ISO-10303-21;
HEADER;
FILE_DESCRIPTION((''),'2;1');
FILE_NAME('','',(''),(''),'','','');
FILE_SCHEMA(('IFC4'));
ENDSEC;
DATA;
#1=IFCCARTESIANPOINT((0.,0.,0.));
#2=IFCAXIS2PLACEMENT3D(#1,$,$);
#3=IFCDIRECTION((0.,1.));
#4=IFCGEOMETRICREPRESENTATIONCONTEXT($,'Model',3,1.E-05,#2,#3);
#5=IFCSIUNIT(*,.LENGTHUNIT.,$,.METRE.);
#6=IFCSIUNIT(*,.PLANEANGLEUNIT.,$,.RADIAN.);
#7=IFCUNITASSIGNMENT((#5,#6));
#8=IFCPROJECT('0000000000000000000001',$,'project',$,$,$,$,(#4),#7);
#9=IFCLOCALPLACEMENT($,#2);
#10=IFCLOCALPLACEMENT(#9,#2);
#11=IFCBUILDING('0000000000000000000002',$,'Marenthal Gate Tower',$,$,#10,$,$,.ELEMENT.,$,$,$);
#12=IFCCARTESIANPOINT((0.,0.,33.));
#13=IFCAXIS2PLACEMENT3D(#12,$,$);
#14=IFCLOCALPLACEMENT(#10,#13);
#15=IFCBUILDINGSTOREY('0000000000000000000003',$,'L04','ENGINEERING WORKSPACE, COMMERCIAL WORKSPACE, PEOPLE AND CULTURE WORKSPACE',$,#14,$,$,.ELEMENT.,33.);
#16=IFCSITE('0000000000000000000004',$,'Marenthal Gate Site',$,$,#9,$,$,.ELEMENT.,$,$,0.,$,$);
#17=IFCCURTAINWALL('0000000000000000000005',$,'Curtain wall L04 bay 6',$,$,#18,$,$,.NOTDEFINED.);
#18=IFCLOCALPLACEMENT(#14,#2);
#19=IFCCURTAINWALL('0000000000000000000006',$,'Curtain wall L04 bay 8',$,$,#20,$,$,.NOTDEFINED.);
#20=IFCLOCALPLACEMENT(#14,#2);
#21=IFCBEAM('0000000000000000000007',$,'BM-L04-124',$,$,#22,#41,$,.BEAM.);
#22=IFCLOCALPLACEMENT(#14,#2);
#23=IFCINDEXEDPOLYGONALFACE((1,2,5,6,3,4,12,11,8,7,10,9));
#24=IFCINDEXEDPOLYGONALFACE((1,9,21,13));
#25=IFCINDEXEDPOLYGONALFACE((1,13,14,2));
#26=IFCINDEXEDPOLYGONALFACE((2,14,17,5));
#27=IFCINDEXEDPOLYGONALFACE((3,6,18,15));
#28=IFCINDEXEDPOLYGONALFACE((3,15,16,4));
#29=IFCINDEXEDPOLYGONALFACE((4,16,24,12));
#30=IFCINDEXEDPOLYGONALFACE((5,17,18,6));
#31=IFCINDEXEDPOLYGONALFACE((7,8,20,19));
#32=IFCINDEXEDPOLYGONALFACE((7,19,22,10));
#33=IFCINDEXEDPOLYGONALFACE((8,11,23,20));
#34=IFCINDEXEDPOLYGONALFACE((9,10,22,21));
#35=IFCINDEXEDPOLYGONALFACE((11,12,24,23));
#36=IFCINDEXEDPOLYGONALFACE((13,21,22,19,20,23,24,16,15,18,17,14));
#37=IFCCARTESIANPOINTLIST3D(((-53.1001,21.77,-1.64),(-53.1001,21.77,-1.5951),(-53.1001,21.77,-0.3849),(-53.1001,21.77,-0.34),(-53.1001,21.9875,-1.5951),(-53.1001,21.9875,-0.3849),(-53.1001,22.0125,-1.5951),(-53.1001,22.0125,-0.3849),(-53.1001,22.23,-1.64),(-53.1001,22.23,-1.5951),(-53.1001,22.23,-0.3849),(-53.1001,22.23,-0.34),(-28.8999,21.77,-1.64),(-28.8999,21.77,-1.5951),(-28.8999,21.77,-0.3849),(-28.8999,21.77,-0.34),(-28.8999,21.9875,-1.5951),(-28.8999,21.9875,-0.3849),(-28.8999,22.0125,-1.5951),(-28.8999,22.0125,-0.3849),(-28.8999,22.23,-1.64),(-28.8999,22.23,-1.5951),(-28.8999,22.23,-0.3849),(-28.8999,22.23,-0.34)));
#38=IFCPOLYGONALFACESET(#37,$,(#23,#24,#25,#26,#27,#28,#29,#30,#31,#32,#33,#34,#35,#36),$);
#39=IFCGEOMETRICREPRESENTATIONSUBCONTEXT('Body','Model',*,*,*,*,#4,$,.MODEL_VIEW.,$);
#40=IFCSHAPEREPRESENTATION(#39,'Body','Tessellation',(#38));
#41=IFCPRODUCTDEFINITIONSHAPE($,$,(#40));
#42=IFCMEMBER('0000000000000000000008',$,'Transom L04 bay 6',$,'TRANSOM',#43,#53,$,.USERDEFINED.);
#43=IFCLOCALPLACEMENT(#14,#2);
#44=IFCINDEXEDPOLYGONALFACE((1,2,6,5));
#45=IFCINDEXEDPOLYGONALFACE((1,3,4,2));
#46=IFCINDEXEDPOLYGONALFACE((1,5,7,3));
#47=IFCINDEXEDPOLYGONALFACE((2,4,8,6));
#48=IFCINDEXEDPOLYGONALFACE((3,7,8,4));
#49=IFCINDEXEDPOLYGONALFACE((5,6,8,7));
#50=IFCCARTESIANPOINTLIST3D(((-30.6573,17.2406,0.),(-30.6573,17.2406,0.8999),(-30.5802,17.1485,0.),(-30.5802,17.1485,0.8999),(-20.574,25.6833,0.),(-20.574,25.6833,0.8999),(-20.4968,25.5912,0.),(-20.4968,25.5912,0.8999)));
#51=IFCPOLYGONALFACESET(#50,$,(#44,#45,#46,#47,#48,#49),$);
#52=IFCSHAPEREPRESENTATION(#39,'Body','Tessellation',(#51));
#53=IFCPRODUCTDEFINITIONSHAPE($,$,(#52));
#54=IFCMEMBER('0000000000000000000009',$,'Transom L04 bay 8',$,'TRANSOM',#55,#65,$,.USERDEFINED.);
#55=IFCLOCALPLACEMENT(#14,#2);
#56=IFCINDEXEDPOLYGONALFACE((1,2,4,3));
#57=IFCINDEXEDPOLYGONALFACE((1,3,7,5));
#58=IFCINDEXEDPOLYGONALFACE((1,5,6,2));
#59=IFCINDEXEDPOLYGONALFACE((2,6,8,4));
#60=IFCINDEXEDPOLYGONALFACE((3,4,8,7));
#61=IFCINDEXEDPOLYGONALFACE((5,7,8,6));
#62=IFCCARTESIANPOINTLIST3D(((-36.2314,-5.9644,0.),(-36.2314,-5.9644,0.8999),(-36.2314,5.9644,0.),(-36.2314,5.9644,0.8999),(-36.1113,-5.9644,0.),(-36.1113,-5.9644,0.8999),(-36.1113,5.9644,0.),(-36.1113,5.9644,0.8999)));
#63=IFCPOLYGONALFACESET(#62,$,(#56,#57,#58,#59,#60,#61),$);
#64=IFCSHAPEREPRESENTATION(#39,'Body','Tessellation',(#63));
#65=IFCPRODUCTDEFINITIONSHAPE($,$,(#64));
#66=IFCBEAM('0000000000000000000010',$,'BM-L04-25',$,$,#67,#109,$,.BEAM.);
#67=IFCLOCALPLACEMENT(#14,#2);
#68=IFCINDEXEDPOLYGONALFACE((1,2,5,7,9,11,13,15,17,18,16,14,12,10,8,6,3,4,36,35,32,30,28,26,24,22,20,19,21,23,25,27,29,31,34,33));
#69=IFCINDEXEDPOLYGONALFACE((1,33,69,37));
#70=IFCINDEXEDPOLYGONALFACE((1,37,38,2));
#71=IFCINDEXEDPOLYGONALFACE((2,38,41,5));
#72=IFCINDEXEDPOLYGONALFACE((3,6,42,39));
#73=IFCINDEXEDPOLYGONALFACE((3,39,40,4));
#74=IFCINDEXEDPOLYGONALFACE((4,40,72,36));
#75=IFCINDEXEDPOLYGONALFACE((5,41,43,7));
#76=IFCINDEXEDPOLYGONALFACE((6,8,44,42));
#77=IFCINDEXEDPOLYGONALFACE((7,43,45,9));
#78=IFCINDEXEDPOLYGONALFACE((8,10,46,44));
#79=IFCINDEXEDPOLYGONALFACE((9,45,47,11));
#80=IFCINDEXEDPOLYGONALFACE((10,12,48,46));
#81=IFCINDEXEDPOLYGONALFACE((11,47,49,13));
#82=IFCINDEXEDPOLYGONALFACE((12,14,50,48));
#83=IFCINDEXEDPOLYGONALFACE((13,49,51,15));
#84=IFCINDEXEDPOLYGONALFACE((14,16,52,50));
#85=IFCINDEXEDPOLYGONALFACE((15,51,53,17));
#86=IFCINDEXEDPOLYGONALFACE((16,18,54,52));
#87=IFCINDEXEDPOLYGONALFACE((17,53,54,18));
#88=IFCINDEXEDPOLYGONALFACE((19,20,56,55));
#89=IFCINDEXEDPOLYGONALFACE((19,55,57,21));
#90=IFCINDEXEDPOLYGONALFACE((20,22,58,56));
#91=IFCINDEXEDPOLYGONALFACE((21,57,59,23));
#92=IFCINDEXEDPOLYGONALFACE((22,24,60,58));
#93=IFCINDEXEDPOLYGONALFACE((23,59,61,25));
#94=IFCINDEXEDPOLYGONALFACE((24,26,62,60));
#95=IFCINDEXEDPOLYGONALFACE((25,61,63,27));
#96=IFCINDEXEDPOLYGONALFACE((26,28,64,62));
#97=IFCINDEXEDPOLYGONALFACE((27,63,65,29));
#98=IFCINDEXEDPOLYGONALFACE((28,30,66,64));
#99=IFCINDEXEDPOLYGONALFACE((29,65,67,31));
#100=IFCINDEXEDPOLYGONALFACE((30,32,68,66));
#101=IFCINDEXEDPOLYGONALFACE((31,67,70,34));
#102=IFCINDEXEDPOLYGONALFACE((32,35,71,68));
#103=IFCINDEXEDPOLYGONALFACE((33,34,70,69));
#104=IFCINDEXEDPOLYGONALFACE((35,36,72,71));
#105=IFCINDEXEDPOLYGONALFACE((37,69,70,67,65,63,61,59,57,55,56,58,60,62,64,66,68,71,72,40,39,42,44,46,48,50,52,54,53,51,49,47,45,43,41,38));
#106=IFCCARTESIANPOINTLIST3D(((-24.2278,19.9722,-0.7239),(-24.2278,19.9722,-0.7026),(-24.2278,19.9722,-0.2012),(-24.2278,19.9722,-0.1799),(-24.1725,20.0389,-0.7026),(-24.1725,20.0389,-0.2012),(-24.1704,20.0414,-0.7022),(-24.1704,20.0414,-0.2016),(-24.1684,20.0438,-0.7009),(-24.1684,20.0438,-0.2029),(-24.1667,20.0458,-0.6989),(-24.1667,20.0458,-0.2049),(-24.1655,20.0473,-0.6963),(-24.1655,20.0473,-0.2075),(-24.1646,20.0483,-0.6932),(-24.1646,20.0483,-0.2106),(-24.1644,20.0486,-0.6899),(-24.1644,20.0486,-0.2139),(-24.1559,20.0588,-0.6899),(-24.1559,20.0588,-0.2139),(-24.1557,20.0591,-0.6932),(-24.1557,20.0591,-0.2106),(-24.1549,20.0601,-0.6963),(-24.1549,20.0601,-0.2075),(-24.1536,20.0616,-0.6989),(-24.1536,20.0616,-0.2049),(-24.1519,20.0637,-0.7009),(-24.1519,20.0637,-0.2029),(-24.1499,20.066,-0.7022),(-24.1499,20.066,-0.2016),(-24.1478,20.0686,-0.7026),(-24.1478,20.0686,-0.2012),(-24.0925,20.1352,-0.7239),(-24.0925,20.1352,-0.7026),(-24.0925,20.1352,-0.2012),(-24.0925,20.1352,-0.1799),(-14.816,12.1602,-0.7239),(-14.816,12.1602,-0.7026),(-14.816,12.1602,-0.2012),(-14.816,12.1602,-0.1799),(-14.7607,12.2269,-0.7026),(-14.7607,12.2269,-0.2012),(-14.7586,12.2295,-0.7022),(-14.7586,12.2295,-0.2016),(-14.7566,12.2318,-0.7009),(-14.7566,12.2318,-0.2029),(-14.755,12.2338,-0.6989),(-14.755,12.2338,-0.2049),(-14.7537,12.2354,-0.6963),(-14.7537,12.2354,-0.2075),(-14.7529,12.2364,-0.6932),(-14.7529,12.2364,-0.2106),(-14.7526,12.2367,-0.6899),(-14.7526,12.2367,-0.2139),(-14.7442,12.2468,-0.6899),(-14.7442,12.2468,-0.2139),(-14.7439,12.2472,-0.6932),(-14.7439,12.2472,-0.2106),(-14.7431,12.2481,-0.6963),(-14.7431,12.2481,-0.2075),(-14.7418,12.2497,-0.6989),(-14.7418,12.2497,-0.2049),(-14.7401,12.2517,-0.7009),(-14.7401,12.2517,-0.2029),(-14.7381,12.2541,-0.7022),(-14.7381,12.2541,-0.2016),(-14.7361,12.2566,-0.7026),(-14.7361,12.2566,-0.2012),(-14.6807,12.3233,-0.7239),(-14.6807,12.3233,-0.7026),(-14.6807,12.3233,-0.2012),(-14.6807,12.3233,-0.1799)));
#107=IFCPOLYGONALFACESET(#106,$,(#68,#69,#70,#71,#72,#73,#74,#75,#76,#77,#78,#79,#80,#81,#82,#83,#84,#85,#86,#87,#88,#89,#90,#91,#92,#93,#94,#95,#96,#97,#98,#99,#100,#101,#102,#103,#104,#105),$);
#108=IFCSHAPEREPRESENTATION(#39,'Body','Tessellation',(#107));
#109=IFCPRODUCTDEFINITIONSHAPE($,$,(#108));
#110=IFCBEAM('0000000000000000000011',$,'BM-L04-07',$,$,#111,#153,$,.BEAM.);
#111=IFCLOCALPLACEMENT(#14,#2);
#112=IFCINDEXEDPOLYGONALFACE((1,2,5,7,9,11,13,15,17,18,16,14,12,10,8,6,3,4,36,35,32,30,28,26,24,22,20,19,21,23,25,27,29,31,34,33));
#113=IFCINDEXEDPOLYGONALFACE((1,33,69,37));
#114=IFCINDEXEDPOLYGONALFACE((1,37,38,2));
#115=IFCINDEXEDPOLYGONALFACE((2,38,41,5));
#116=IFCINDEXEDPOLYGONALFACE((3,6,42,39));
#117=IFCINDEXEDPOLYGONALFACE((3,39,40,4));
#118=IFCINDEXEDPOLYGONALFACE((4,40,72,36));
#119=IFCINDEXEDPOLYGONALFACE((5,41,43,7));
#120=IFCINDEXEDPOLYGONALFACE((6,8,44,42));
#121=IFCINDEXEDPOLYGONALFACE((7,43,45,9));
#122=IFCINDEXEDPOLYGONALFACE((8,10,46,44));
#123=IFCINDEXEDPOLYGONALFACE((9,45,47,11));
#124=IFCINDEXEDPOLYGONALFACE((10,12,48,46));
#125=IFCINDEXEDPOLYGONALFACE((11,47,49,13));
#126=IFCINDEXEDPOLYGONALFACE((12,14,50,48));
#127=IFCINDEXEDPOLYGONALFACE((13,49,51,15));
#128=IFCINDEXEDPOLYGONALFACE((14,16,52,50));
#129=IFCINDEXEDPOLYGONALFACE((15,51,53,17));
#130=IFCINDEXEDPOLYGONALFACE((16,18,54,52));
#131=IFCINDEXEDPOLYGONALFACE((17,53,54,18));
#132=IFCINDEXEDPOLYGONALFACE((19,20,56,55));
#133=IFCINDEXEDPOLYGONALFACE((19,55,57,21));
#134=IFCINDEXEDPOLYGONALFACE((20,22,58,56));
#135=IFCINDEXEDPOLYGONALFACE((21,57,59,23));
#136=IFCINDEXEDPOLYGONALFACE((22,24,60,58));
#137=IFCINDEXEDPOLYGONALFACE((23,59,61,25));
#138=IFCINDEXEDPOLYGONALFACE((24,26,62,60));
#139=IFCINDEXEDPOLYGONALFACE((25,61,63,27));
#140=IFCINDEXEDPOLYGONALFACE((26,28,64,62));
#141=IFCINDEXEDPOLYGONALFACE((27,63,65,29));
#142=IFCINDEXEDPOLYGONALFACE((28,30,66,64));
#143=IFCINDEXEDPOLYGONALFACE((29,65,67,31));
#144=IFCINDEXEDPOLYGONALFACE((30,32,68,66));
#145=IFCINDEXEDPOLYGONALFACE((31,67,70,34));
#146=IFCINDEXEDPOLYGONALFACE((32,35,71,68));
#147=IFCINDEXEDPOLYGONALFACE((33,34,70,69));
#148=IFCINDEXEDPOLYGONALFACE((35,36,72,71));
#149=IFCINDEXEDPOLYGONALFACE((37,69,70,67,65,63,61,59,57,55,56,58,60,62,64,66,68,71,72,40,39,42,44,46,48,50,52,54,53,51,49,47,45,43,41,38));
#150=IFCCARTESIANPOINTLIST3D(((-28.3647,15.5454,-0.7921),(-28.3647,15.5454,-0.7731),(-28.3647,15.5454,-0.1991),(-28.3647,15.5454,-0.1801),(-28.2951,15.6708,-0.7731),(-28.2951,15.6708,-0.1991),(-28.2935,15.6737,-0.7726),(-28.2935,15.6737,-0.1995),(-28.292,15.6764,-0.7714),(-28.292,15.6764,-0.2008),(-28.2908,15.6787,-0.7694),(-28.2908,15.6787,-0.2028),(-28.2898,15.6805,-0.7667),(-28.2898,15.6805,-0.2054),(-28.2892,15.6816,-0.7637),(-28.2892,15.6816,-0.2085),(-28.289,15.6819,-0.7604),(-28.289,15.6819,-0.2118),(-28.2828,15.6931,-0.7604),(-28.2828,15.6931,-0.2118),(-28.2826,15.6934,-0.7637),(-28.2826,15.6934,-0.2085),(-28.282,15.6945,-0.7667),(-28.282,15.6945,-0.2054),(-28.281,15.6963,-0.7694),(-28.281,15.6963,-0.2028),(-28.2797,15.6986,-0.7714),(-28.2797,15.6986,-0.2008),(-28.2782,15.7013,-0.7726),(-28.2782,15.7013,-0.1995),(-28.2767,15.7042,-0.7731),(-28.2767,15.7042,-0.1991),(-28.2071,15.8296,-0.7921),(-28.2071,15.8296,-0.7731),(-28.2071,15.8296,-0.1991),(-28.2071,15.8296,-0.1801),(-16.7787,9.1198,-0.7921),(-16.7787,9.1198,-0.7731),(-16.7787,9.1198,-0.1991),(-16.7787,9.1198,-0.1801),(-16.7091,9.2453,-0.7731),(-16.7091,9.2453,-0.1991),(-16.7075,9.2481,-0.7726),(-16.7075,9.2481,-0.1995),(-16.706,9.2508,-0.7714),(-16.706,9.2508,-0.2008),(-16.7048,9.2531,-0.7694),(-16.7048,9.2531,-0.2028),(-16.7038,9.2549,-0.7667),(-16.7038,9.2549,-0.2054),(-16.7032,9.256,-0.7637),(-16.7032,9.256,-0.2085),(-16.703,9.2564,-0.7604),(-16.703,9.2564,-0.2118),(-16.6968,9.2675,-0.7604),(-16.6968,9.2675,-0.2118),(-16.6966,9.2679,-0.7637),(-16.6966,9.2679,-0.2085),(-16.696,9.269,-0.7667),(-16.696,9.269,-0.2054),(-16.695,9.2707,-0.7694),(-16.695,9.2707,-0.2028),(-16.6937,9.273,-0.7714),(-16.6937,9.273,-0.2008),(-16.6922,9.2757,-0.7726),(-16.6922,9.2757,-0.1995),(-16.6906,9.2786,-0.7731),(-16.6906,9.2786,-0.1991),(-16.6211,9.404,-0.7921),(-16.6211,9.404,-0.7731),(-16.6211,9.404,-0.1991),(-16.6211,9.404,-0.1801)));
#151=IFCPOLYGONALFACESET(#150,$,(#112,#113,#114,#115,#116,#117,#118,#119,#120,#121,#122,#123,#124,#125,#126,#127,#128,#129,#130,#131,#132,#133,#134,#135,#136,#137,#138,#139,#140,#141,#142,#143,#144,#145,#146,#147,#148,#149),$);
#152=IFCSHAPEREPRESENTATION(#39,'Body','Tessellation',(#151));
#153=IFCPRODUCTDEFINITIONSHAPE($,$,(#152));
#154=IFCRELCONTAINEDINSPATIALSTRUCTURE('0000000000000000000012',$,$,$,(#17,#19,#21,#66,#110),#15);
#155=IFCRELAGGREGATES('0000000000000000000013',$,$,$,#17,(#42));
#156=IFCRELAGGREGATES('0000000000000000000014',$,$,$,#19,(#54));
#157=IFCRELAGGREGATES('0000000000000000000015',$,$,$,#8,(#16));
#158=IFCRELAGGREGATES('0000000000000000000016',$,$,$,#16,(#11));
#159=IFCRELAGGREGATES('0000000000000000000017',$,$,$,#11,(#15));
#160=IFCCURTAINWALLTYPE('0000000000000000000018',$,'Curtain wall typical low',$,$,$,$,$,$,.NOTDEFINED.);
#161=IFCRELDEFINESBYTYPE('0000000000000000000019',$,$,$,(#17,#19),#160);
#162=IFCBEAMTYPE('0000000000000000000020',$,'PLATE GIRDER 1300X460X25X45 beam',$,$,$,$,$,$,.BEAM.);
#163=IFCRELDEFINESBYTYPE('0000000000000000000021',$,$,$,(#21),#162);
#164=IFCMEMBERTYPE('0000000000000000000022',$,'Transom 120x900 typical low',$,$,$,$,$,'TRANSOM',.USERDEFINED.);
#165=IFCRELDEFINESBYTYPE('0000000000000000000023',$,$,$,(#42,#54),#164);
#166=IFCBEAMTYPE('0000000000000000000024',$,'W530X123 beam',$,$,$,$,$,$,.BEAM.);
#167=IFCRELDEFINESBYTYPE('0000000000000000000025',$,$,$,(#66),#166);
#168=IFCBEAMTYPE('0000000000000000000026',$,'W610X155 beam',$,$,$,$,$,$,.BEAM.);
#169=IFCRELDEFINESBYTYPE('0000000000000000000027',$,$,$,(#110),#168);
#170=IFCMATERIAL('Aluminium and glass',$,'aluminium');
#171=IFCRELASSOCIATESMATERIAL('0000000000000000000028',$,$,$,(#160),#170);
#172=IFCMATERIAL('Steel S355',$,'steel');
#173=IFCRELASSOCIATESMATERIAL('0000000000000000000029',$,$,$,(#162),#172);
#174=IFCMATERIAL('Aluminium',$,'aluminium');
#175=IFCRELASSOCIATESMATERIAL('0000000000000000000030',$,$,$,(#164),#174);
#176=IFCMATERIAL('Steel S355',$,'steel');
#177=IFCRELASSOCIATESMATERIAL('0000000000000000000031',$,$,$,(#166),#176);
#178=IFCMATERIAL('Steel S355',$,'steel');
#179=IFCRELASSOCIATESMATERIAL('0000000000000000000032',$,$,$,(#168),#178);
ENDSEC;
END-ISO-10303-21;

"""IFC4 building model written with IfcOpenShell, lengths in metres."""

from ifc_helpers import new_model, si_unit, direction, frame, origin, origin_2d, place, context, subcontext, project, spatial, rectangle, i_section, extrude, material, material_profile, profile_set, type_object, element, aggregate, save


model = new_model("IFC4")

# Units and contexts
model_context = context("Model", 3, precision=1e-05, world=origin(), true_north=direction((0.0, 1.0)))
body_context = subcontext(model_context, "Body", "Model", "MODEL_VIEW")
ifc_project = project(units=[si_unit("LENGTHUNIT", "METRE"), si_unit("PLANEANGLEUNIT", "RADIAN")], contexts=[model_context])

# Site, building, storey
site_placement = place(None, origin())
site = spatial("IfcSite", under=ifc_project, at=site_placement, Name="Marenthal Gate Site", CompositionType="ELEMENT", RefElevation=0.0)
building_placement = place(site_placement, origin())
building = spatial("IfcBuilding", under=site, at=building_placement, Name="Marenthal Gate Tower", CompositionType="ELEMENT")
storey_placement = place(building_placement, frame((0.0, 0.0, 33.0)))
storey = spatial("IfcBuildingStorey", under=building, at=storey_placement, Name="L04", Description="ENGINEERING WORKSPACE, COMMERCIAL WORKSPACE, PEOPLE AND CULTURE WORKSPACE", CompositionType="ELEMENT", Elevation=33.0)

# Curtain walls
ifc_material_1 = material(Name="Aluminium and glass", Category="aluminium")
curtain_wall_type = type_object("IfcCurtainWallType", Name="Curtain wall typical low", PredefinedType="NOTDEFINED", material=ifc_material_1)
curtain_wall_1_placement = place(storey_placement, origin())
curtain_wall_1 = element("IfcCurtainWall", 1, at=curtain_wall_1_placement, inside=storey, type_object=curtain_wall_type, Name="Curtain wall L04 bay 6", PredefinedType="NOTDEFINED")
curtain_wall_2_placement = place(storey_placement, origin())
curtain_wall_2 = element("IfcCurtainWall", 2, at=curtain_wall_2_placement, inside=storey, type_object=curtain_wall_type, Name="Curtain wall L04 bay 8", PredefinedType="NOTDEFINED")

# Beam
ifc_material_2 = material(Name="Steel S355", Category="steel")
ifc_material_profile_1 = material_profile(ifc_material_2, i_section(OverallWidth=0.46, OverallDepth=1.3, WebThickness=0.0249, FlangeThickness=0.0449, at=origin_2d()), Name="PLATE GIRDER 1300X460X25X45")
ifc_profile_set_1 = profile_set([ifc_material_profile_1], Name="Steel S355")
beam_type_1 = type_object("IfcBeamType", Name="PLATE GIRDER 1300X460X25X45 beam", PredefinedType="BEAM", material=ifc_profile_set_1)
beam_1_placement = place(storey_placement, frame((-28.8999, 22.0, -0.99), z_axis=(-1.0, 0.0, 0.0), x_axis=(0.0, -1.0, 0.0)))
element("IfcBeam", 3, at=beam_1_placement, inside=storey, type_object=beam_type_1, Name="BM-L04-124", PredefinedType="BEAM", context=body_context, shape_type="SweptSolid", body=[
    extrude(i_section(OverallWidth=0.46, OverallDepth=1.3, WebThickness=0.0249, FlangeThickness=0.0449, at=origin_2d()), origin(), (0.0, 0.0, 1.0), 24.2002),
])

# Members
ifc_material_3 = material(Name="Aluminium", Category="aluminium")
ifc_material_profile_2 = material_profile(ifc_material_3, rectangle(XDim=0.1201, YDim=0.8999, at=origin_2d()), Name="120x900 aluminium transom")
ifc_profile_set_2 = profile_set([ifc_material_profile_2], Name="Aluminium")
member_type_1 = type_object("IfcMemberType", Name="Transom 120x900 typical low", ElementType="TRANSOM", PredefinedType="USERDEFINED", material=ifc_profile_set_2)
member_1_placement = place(storey_placement, frame((-20.5354, 25.6372, 0.45), z_axis=(-0.766726, -0.641974, 0.0), x_axis=(0.641974, -0.766726, 0.0)))
member_1 = element("IfcMember", 4, at=member_1_placement, type_object=member_type_1, Name="Transom L04 bay 6", ObjectType="TRANSOM", PredefinedType="USERDEFINED", context=body_context, shape_type="SweptSolid", body=[
    extrude(rectangle(XDim=0.1201, YDim=0.8999, at=origin_2d()), origin(), (0.0, 0.0, 1.0), 13.1511),
])
member_2_placement = place(storey_placement, frame((-36.1714, 5.9644, 0.45), z_axis=(0.0, -1.0, 0.0), x_axis=(1.0, 0.0, 0.0)))
member_2 = element("IfcMember", 5, at=member_2_placement, type_object=member_type_1, Name="Transom L04 bay 8", ObjectType="TRANSOM", PredefinedType="USERDEFINED", context=body_context, shape_type="SweptSolid", body=[
    extrude(rectangle(XDim=0.1201, YDim=0.8999, at=origin_2d()), origin(), (0.0, 0.0, 1.0), 11.9287),
])

# Beams
ifc_material_4 = material(Name="Steel S355", Category="steel")
ifc_material_profile_3 = material_profile(ifc_material_4, i_section(OverallWidth=0.2119, OverallDepth=0.5439, WebThickness=0.0132, FlangeThickness=0.0212, FilletRadius=0.0127, at=origin_2d()), Name="W530X123")
ifc_profile_set_3 = profile_set([ifc_material_profile_3], Name="Steel S355")
beam_type_2 = type_object("IfcBeamType", Name="W530X123 beam", PredefinedType="BEAM", material=ifc_profile_set_3)
beam_2_placement = place(storey_placement, frame((-24.1602, 20.0537, -0.4519), z_axis=(0.769475, -0.638677, 0.0), x_axis=(0.638677, 0.769475, 0.0)))
element("IfcBeam", 6, at=beam_2_placement, inside=storey, type_object=beam_type_2, Name="BM-L04-25", PredefinedType="BEAM", context=body_context, shape_type="SweptSolid", body=[
    extrude(i_section(OverallWidth=0.2119, OverallDepth=0.5439, WebThickness=0.0132, FlangeThickness=0.0212, FilletRadius=0.0127, at=origin_2d()), origin(), (0.0, 0.0, 1.0), 12.2314),
])
ifc_material_5 = material(Name="Steel S355", Category="steel")
ifc_material_profile_4 = material_profile(ifc_material_5, i_section(OverallWidth=0.325, OverallDepth=0.6121, WebThickness=0.0127, FlangeThickness=0.019, FilletRadius=0.0127, at=origin_2d()), Name="W610X155")
ifc_profile_set_4 = profile_set([ifc_material_profile_4], Name="Steel S355")
beam_type_3 = type_object("IfcBeamType", Name="W610X155 beam", PredefinedType="BEAM", material=ifc_profile_set_4)
beam_3_placement = place(storey_placement, frame((-28.2859, 15.6875, -0.4861), z_axis=(0.874513, -0.485003, 0.0), x_axis=(0.485003, 0.874513, 0.0)))
element("IfcBeam", 7, at=beam_3_placement, inside=storey, type_object=beam_type_3, Name="BM-L04-07", PredefinedType="BEAM", context=body_context, shape_type="SweptSolid", body=[
    extrude(i_section(OverallWidth=0.325, OverallDepth=0.6121, WebThickness=0.0127, FlangeThickness=0.019, FilletRadius=0.0127, at=origin_2d()), origin(), (0.0, 0.0, 1.0), 13.2485),
])

aggregate(curtain_wall_1, [member_1])
aggregate(curtain_wall_2, [member_2])

save(model, "model.ifc")
